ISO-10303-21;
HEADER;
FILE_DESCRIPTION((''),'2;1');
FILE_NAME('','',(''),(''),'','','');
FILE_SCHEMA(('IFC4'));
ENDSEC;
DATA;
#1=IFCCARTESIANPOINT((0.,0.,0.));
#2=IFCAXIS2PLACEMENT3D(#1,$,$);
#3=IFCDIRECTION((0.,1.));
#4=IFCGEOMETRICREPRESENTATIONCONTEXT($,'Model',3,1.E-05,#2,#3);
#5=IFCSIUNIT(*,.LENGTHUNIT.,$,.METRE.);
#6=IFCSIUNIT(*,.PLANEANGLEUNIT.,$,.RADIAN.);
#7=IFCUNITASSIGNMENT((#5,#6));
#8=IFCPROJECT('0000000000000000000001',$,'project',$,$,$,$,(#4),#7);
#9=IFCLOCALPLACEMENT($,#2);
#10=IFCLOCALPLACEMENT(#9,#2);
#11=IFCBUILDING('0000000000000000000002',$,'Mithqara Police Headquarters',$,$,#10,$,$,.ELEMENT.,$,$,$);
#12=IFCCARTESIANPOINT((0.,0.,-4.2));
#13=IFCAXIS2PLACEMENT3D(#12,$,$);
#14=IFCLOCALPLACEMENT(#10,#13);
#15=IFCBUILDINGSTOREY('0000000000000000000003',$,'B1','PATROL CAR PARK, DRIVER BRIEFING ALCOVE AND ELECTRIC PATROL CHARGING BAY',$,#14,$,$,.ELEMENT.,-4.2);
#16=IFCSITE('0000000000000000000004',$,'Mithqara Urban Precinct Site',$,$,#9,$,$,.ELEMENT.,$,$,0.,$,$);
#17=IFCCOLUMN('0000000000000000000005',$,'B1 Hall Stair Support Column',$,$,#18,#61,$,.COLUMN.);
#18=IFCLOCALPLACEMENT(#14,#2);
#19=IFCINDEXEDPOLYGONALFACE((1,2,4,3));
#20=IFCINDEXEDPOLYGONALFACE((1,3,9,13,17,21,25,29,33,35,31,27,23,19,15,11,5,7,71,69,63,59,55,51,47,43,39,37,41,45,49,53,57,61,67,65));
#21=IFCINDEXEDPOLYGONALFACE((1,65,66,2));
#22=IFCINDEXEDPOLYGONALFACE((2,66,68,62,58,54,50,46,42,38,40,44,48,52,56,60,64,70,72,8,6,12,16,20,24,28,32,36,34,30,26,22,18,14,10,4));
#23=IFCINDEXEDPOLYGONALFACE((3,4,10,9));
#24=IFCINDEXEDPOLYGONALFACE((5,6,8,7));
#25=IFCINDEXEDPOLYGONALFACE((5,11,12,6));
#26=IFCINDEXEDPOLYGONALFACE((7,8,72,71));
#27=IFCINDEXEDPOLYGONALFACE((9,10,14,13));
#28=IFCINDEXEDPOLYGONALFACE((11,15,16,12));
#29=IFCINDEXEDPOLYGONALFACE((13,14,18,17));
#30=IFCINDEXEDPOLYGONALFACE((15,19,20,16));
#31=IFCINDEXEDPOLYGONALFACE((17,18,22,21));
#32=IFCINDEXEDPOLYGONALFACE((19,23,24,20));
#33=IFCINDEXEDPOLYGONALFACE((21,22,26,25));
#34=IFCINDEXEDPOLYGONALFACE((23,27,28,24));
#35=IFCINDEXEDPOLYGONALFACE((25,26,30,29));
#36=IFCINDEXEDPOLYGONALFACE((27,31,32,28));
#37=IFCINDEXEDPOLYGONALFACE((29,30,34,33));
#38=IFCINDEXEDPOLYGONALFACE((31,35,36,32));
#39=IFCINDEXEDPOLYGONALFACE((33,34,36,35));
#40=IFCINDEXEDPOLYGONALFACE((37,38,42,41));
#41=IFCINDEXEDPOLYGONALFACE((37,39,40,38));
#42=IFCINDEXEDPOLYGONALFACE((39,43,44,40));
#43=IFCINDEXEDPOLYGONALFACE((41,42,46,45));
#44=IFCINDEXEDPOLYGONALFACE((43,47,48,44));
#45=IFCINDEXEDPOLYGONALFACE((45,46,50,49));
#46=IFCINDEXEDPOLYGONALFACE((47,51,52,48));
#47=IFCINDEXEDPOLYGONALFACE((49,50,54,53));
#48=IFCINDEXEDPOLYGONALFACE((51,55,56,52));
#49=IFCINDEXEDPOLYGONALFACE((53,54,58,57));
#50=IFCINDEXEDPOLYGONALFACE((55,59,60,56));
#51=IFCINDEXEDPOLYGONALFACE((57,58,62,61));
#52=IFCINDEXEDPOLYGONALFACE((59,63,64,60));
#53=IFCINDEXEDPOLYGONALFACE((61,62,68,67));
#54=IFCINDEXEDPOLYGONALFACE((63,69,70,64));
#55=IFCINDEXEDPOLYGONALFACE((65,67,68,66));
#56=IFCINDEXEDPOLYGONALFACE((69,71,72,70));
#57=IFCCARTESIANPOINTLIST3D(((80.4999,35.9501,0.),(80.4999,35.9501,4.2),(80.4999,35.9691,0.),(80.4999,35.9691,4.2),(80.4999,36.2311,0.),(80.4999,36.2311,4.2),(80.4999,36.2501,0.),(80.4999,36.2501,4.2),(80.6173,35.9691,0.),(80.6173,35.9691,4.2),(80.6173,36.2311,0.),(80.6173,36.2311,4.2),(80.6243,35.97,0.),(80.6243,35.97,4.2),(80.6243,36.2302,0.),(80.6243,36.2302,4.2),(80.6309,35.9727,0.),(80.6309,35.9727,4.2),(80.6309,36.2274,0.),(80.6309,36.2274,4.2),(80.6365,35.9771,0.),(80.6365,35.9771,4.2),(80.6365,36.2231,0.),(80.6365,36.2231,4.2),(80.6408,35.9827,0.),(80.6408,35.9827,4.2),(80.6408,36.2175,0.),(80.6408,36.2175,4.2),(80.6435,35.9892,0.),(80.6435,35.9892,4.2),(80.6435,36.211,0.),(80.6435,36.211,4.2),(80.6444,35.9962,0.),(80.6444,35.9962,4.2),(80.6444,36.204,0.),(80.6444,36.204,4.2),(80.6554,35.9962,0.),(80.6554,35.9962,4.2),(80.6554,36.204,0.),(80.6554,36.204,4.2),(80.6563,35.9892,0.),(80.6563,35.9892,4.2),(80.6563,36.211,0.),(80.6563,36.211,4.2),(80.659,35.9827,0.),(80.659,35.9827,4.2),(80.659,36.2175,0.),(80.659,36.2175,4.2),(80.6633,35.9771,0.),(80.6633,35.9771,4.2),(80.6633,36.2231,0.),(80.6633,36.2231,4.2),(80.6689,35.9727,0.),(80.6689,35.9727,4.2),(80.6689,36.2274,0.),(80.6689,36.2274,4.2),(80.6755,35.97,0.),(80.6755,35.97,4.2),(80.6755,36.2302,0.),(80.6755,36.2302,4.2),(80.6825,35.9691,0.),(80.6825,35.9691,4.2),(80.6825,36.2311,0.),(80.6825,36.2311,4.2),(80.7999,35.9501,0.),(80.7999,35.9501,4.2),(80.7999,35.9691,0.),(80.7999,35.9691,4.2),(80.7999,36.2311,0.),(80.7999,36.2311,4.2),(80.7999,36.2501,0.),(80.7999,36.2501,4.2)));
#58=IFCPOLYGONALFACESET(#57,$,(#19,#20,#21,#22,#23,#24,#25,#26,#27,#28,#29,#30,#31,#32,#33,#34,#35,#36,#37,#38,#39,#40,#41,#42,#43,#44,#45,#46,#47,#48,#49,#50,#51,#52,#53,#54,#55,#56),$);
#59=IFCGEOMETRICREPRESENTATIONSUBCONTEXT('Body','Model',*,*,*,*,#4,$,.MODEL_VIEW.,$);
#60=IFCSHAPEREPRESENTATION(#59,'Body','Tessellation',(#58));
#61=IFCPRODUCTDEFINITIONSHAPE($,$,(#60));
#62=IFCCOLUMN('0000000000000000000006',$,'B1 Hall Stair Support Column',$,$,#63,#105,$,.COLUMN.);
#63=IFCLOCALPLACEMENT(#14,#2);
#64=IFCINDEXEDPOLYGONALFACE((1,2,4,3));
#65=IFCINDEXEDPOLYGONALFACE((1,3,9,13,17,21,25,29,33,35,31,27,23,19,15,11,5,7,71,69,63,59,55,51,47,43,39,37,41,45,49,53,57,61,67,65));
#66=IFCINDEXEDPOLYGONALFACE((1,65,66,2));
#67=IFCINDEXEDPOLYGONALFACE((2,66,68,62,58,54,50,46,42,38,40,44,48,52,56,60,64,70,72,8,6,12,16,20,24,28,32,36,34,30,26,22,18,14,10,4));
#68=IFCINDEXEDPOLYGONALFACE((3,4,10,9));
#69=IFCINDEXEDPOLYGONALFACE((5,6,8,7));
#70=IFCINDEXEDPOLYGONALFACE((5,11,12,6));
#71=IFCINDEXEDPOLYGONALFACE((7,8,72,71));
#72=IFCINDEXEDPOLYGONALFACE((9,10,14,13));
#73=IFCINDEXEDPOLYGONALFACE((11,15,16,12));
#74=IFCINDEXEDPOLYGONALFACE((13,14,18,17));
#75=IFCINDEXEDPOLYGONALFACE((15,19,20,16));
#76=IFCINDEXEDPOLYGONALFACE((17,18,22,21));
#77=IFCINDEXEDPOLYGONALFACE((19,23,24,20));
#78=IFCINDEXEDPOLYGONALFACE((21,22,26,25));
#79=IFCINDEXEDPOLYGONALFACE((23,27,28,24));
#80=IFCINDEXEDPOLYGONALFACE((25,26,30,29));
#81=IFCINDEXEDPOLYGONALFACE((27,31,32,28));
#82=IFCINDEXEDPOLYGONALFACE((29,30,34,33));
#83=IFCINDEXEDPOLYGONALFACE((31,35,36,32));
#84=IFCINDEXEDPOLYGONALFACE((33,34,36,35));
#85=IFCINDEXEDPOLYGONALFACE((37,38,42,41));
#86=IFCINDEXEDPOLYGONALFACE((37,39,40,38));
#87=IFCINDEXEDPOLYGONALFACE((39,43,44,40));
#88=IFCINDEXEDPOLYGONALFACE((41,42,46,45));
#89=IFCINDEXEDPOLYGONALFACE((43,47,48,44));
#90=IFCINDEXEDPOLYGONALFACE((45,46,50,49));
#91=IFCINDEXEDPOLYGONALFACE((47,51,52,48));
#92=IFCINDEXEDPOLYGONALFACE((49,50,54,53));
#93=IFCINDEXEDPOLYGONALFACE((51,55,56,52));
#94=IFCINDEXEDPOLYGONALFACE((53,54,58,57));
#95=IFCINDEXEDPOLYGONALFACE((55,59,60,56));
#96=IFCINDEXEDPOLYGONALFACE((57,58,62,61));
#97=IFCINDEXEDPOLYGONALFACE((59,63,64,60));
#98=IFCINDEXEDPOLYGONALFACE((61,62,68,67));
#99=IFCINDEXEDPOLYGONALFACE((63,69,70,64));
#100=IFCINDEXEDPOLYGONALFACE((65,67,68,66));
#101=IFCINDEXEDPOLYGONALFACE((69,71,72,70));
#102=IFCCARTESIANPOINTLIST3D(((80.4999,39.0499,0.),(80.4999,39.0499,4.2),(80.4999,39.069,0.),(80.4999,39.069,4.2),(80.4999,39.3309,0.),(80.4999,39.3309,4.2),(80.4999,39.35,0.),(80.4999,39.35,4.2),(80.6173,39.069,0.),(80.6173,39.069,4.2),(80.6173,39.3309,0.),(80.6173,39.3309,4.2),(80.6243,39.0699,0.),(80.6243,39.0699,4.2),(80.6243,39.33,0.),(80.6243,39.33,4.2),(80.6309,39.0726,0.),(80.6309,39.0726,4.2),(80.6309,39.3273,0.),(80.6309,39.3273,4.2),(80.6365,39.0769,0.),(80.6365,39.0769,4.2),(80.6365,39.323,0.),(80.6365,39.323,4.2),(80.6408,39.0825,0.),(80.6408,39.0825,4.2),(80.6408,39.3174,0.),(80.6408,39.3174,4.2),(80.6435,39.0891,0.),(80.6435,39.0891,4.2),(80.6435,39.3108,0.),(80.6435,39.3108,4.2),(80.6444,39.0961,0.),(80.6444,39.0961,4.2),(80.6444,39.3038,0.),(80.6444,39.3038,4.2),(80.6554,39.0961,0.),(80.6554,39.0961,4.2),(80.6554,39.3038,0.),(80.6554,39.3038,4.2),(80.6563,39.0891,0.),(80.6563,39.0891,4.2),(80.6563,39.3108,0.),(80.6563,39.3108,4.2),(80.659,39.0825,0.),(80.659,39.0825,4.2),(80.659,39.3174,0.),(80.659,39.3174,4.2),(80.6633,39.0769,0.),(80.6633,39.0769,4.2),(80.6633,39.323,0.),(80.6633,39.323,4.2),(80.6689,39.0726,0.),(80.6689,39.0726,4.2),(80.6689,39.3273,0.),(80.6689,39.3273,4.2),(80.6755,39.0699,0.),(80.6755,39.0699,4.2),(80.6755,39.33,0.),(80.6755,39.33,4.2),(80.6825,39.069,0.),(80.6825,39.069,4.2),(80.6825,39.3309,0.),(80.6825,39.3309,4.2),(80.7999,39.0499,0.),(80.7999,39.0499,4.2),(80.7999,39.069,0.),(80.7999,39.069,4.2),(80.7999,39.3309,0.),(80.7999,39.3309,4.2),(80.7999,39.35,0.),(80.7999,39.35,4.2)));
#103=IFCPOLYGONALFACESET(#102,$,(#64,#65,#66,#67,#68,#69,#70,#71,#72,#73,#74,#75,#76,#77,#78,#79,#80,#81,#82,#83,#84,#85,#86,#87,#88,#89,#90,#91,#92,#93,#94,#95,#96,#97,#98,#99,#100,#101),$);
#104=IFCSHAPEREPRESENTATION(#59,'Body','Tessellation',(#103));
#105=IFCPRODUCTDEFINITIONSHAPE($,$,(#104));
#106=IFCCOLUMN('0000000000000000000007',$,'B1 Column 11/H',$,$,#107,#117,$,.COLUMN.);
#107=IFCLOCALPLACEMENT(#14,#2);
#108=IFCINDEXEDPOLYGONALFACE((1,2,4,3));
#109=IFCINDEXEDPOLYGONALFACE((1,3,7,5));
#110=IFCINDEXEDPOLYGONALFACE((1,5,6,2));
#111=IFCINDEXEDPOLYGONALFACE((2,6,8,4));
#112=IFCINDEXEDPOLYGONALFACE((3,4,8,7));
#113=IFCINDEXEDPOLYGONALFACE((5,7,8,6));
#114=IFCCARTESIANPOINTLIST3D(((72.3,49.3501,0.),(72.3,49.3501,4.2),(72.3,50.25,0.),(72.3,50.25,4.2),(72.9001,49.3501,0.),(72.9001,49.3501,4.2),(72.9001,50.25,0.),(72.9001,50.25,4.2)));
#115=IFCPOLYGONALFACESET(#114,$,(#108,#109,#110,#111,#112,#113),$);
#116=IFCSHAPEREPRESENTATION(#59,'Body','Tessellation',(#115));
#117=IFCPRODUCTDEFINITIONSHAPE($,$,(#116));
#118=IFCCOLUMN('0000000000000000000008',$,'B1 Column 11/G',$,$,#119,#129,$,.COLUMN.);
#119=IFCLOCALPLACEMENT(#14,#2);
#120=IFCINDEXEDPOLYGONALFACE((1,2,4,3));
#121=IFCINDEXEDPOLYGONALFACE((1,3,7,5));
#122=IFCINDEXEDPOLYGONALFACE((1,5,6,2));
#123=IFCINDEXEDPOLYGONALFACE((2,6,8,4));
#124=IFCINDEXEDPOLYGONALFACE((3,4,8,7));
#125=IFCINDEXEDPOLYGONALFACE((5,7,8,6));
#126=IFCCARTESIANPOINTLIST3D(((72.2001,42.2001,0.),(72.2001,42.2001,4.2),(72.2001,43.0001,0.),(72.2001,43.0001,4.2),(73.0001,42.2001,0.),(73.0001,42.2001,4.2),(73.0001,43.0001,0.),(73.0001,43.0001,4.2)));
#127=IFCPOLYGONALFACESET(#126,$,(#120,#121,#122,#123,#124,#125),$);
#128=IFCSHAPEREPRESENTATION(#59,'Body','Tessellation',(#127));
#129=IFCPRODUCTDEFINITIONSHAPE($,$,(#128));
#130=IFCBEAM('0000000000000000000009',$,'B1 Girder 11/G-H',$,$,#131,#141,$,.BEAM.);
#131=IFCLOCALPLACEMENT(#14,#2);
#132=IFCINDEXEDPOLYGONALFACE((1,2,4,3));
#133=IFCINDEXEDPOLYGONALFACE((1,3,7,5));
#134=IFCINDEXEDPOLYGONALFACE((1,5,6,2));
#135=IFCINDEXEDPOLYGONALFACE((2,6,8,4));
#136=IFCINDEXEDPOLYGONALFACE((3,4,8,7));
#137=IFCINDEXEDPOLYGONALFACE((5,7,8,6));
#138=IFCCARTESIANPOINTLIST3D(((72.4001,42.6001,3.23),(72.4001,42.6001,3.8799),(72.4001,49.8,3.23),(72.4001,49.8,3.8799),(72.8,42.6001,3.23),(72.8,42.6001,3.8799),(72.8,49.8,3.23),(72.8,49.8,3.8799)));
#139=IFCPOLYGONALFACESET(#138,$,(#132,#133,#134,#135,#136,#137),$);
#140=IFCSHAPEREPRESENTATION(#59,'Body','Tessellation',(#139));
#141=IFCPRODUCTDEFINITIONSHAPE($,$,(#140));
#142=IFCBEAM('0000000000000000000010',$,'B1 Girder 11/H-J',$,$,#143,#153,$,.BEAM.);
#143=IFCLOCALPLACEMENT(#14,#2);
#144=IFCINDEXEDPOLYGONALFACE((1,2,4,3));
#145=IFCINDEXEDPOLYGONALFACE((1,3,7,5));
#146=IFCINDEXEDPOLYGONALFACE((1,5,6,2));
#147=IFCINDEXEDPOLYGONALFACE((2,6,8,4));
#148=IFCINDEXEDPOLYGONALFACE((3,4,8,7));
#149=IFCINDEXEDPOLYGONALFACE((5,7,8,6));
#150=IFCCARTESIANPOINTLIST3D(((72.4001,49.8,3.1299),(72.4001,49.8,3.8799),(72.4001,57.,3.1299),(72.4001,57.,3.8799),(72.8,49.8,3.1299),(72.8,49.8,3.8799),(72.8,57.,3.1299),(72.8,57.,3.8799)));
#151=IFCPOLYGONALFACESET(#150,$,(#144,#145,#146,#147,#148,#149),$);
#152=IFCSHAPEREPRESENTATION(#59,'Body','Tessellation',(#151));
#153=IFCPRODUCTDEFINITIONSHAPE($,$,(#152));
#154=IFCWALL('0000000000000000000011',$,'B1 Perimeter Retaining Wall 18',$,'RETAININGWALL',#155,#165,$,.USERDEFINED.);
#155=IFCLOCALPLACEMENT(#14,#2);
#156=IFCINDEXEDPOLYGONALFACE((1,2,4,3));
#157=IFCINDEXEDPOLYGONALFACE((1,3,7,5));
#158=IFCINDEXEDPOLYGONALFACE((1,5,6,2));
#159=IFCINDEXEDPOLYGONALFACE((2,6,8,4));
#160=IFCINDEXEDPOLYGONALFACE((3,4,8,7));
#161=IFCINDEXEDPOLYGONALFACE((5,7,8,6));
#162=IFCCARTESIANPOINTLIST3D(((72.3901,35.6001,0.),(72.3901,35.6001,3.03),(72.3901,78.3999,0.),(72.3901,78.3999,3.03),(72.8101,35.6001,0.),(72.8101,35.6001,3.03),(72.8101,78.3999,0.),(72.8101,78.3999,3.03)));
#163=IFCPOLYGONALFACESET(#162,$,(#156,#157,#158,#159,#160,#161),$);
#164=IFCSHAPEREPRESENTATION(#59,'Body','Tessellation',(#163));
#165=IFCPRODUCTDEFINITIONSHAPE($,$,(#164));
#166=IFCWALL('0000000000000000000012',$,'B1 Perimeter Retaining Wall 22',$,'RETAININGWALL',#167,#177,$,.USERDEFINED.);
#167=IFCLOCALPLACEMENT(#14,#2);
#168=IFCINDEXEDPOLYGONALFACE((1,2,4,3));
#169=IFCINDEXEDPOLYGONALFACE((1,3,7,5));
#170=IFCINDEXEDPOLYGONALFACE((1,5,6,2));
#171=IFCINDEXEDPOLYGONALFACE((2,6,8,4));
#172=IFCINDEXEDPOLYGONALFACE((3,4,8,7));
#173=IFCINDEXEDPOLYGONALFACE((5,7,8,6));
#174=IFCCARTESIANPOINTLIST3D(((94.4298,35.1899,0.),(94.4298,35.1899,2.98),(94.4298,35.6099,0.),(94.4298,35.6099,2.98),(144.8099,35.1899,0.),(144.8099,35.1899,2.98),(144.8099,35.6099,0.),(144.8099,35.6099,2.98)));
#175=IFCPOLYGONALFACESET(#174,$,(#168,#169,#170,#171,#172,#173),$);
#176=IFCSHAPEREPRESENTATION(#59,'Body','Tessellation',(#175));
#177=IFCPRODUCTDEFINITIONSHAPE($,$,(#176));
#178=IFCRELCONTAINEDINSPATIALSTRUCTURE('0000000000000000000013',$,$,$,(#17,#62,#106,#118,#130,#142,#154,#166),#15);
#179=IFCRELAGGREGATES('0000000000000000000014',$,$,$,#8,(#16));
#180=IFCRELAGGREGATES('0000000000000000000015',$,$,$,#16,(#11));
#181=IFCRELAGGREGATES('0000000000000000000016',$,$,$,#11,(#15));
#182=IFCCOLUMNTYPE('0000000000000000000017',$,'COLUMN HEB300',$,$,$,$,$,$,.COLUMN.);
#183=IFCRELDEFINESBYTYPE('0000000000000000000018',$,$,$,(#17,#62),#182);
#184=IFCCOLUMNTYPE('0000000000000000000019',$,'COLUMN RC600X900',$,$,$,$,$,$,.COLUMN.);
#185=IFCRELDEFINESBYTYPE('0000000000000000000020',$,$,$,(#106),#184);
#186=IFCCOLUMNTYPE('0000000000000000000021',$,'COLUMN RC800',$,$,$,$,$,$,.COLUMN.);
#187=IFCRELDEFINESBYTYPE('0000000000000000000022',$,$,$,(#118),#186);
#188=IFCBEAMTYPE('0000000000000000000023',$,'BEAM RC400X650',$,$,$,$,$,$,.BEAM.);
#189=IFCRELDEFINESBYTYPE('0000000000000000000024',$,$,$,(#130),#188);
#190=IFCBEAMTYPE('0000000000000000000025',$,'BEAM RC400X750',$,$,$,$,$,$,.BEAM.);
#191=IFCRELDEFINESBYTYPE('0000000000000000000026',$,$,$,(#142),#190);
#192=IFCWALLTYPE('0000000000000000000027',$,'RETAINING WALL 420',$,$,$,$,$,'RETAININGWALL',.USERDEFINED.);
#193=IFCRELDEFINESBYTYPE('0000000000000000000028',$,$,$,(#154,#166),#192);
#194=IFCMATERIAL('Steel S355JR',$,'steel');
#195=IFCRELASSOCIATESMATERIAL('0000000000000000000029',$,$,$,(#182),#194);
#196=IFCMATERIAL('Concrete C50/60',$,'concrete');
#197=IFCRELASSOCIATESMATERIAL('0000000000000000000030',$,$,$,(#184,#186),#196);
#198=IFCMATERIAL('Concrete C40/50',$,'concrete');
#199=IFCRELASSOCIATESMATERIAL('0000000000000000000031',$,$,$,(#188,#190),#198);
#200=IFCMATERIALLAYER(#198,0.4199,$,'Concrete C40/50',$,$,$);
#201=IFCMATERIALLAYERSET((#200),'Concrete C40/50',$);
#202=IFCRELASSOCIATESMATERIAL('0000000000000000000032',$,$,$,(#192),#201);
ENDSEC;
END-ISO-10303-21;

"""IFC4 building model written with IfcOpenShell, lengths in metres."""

from ifc_helpers import new_model, si_unit, direction, frame, frame_2d, origin, origin_2d, place, context, subcontext, project, spatial, rectangle, i_section, extrude, material, layer, layer_set, material_profile, profile_set, type_object, element, save


model = new_model("IFC4")

# Units and contexts
model_context = context("Model", 3, precision=1e-05, world=origin(), true_north=direction((0.0, 1.0)))
body_context = subcontext(model_context, "Body", "Model", "MODEL_VIEW")
ifc_project = project(units=[si_unit("LENGTHUNIT", "METRE"), si_unit("PLANEANGLEUNIT", "RADIAN")], contexts=[model_context])

# Site, building, storey
site_placement = place(None, origin())
site = spatial("IfcSite", under=ifc_project, at=site_placement, Name="Mithqara Urban Precinct Site", CompositionType="ELEMENT", RefElevation=0.0)
building_placement = place(site_placement, origin())
building = spatial("IfcBuilding", under=site, at=building_placement, Name="Mithqara Police Headquarters", CompositionType="ELEMENT")
storey_placement = place(building_placement, frame((0.0, 0.0, -4.2)))
storey = spatial("IfcBuildingStorey", under=building, at=storey_placement, Name="B1", Description="PATROL CAR PARK, DRIVER BRIEFING ALCOVE AND ELECTRIC PATROL CHARGING BAY", CompositionType="ELEMENT", Elevation=-4.2)

# Shared definitions
ifc_material_1 = material(Name="Concrete C40/50", Category="concrete")

# Columns
ifc_material_2 = material(Name="Steel S355JR", Category="steel")
ifc_material_profile_1 = material_profile(ifc_material_2, i_section(OverallWidth=0.3, OverallDepth=0.3, WebThickness=0.011, FlangeThickness=0.019, FilletRadius=0.0271, at=origin_2d()), Name="HEB 300")
ifc_profile_set_1 = profile_set([ifc_material_profile_1], Name="Steel S355JR")
column_type_1 = type_object("IfcColumnType", Name="COLUMN HEB300", PredefinedType="COLUMN", material=ifc_profile_set_1)
for number, where, z_axis, x_axis, name in (
    (1, (80.6499, 36.1001, 0.0), (0.0, 0.0, 1.0), (1.0, 0.0, 0.0), "B1 Hall Stair Support Column"),
    (2, (80.6499, 39.2, 0.0), (0.0, 0.0, 1.0), (1.0, 0.0, 0.0), "B1 Hall Stair Support Column"),
):
    element("IfcColumn", number, at=place(storey_placement, frame(where, z_axis=z_axis, x_axis=x_axis)), inside=storey, type_object=column_type_1, Name=name, PredefinedType="COLUMN", context=body_context, shape_type="SweptSolid", body=[
        extrude(i_section(OverallWidth=0.3, OverallDepth=0.3, WebThickness=0.011, FlangeThickness=0.019, FilletRadius=0.0271, at=origin_2d()), origin(), (0.0, 0.0, 1.0), 4.2),
    ])
ifc_material_3 = material(Name="Concrete C50/60", Category="concrete")
ifc_material_profile_2 = material_profile(ifc_material_3, rectangle(XDim=0.6001, YDim=0.8999, at=origin_2d()), Name="RC 600x900")
ifc_profile_set_2 = profile_set([ifc_material_profile_2], Name="Concrete C50/60")
column_type_2 = type_object("IfcColumnType", Name="COLUMN RC600X900", PredefinedType="COLUMN", material=ifc_profile_set_2)
column_1_placement = place(storey_placement, frame((72.6001, 49.8, 0.0), z_axis=(0.0, 0.0, 1.0), x_axis=(1.0, 0.0, 0.0)))
element("IfcColumn", 3, at=column_1_placement, inside=storey, type_object=column_type_2, Name="B1 Column 11/H", PredefinedType="COLUMN", context=body_context, shape_type="SweptSolid", body=[
    extrude(rectangle(XDim=0.6001, YDim=0.8999, at=origin_2d()), origin(), (0.0, 0.0, 1.0), 4.2),
])
ifc_material_profile_3 = material_profile(ifc_material_3, rectangle(XDim=0.8, YDim=0.8, at=origin_2d()), Name="RC 800x800")
ifc_profile_set_3 = profile_set([ifc_material_profile_3], Name="Concrete C50/60")
column_type_3 = type_object("IfcColumnType", Name="COLUMN RC800", PredefinedType="COLUMN", material=ifc_profile_set_3)
column_2_placement = place(storey_placement, frame((72.6001, 42.6001, 0.0), z_axis=(0.0, 0.0, 1.0), x_axis=(1.0, 0.0, 0.0)))
element("IfcColumn", 4, at=column_2_placement, inside=storey, type_object=column_type_3, Name="B1 Column 11/G", PredefinedType="COLUMN", context=body_context, shape_type="SweptSolid", body=[
    extrude(rectangle(XDim=0.8, YDim=0.8, at=origin_2d()), origin(), (0.0, 0.0, 1.0), 4.2),
])

# Beams
ifc_material_profile_4 = material_profile(ifc_material_1, rectangle(XDim=0.3999, YDim=0.6499, at=origin_2d()), Name="RC 400x650")
ifc_profile_set_4 = profile_set([ifc_material_profile_4], Name="Concrete C40/50")
beam_type_1 = type_object("IfcBeamType", Name="BEAM RC400X650", PredefinedType="BEAM", material=ifc_profile_set_4)
beam_1_placement = place(storey_placement, frame((72.6001, 42.6001, 3.5549), z_axis=(0.0, 1.0, 0.0), x_axis=(-1.0, 0.0, 0.0)))
element("IfcBeam", 5, at=beam_1_placement, inside=storey, type_object=beam_type_1, Name="B1 Girder 11/G-H", PredefinedType="BEAM", context=body_context, shape_type="SweptSolid", body=[
    extrude(rectangle(XDim=0.3999, YDim=0.6499, at=origin_2d()), origin(), (0.0, 0.0, 1.0), 7.2),
])
ifc_material_profile_5 = material_profile(ifc_material_1, rectangle(XDim=0.3999, YDim=0.75, at=origin_2d()), Name="RC 400x750")
ifc_profile_set_5 = profile_set([ifc_material_profile_5], Name="Concrete C40/50")
beam_type_2 = type_object("IfcBeamType", Name="BEAM RC400X750", PredefinedType="BEAM", material=ifc_profile_set_5)
beam_2_placement = place(storey_placement, frame((72.6001, 49.8, 3.5049), z_axis=(0.0, 1.0, 0.0), x_axis=(-1.0, 0.0, 0.0)))
element("IfcBeam", 6, at=beam_2_placement, inside=storey, type_object=beam_type_2, Name="B1 Girder 11/H-J", PredefinedType="BEAM", context=body_context, shape_type="SweptSolid", body=[
    extrude(rectangle(XDim=0.3999, YDim=0.75, at=origin_2d()), origin(), (0.0, 0.0, 1.0), 7.2),
])

# Walls
ifc_layer = layer(ifc_material_1, 0.4199, Name="Concrete C40/50")
ifc_layer_set = layer_set([ifc_layer], Name="Concrete C40/50")
wall_type = type_object("IfcWallType", Name="RETAINING WALL 420", ElementType="RETAININGWALL", PredefinedType="USERDEFINED", material=ifc_layer_set)
wall_1_placement = place(storey_placement, frame((72.6001, 35.6001, 0.0), z_axis=(0.0, 0.0, 1.0), x_axis=(0.0, 1.0, 0.0)))
element("IfcWall", 7, at=wall_1_placement, inside=storey, type_object=wall_type, Name="B1 Perimeter Retaining Wall 18", ObjectType="RETAININGWALL", PredefinedType="USERDEFINED", context=body_context, shape_type="SweptSolid", body=[
    extrude(rectangle(XDim=42.7998, YDim=0.4199, at=frame_2d((21.3999, 0.0))), origin(), (0.0, 0.0, 1.0), 3.03),
])
wall_2_placement = place(storey_placement, frame((94.4299, 35.3999, 0.0), z_axis=(0.0, 0.0, 1.0), x_axis=(1.0, 0.0, 0.0)))
element("IfcWall", 8, at=wall_2_placement, inside=storey, type_object=wall_type, Name="B1 Perimeter Retaining Wall 22", ObjectType="RETAININGWALL", PredefinedType="USERDEFINED", context=body_context, shape_type="SweptSolid", body=[
    extrude(rectangle(XDim=50.3801, YDim=0.4199, at=frame_2d((25.1899, 0.0))), origin(), (0.0, 0.0, 1.0), 2.98),
])

save(model, "model.ifc")
